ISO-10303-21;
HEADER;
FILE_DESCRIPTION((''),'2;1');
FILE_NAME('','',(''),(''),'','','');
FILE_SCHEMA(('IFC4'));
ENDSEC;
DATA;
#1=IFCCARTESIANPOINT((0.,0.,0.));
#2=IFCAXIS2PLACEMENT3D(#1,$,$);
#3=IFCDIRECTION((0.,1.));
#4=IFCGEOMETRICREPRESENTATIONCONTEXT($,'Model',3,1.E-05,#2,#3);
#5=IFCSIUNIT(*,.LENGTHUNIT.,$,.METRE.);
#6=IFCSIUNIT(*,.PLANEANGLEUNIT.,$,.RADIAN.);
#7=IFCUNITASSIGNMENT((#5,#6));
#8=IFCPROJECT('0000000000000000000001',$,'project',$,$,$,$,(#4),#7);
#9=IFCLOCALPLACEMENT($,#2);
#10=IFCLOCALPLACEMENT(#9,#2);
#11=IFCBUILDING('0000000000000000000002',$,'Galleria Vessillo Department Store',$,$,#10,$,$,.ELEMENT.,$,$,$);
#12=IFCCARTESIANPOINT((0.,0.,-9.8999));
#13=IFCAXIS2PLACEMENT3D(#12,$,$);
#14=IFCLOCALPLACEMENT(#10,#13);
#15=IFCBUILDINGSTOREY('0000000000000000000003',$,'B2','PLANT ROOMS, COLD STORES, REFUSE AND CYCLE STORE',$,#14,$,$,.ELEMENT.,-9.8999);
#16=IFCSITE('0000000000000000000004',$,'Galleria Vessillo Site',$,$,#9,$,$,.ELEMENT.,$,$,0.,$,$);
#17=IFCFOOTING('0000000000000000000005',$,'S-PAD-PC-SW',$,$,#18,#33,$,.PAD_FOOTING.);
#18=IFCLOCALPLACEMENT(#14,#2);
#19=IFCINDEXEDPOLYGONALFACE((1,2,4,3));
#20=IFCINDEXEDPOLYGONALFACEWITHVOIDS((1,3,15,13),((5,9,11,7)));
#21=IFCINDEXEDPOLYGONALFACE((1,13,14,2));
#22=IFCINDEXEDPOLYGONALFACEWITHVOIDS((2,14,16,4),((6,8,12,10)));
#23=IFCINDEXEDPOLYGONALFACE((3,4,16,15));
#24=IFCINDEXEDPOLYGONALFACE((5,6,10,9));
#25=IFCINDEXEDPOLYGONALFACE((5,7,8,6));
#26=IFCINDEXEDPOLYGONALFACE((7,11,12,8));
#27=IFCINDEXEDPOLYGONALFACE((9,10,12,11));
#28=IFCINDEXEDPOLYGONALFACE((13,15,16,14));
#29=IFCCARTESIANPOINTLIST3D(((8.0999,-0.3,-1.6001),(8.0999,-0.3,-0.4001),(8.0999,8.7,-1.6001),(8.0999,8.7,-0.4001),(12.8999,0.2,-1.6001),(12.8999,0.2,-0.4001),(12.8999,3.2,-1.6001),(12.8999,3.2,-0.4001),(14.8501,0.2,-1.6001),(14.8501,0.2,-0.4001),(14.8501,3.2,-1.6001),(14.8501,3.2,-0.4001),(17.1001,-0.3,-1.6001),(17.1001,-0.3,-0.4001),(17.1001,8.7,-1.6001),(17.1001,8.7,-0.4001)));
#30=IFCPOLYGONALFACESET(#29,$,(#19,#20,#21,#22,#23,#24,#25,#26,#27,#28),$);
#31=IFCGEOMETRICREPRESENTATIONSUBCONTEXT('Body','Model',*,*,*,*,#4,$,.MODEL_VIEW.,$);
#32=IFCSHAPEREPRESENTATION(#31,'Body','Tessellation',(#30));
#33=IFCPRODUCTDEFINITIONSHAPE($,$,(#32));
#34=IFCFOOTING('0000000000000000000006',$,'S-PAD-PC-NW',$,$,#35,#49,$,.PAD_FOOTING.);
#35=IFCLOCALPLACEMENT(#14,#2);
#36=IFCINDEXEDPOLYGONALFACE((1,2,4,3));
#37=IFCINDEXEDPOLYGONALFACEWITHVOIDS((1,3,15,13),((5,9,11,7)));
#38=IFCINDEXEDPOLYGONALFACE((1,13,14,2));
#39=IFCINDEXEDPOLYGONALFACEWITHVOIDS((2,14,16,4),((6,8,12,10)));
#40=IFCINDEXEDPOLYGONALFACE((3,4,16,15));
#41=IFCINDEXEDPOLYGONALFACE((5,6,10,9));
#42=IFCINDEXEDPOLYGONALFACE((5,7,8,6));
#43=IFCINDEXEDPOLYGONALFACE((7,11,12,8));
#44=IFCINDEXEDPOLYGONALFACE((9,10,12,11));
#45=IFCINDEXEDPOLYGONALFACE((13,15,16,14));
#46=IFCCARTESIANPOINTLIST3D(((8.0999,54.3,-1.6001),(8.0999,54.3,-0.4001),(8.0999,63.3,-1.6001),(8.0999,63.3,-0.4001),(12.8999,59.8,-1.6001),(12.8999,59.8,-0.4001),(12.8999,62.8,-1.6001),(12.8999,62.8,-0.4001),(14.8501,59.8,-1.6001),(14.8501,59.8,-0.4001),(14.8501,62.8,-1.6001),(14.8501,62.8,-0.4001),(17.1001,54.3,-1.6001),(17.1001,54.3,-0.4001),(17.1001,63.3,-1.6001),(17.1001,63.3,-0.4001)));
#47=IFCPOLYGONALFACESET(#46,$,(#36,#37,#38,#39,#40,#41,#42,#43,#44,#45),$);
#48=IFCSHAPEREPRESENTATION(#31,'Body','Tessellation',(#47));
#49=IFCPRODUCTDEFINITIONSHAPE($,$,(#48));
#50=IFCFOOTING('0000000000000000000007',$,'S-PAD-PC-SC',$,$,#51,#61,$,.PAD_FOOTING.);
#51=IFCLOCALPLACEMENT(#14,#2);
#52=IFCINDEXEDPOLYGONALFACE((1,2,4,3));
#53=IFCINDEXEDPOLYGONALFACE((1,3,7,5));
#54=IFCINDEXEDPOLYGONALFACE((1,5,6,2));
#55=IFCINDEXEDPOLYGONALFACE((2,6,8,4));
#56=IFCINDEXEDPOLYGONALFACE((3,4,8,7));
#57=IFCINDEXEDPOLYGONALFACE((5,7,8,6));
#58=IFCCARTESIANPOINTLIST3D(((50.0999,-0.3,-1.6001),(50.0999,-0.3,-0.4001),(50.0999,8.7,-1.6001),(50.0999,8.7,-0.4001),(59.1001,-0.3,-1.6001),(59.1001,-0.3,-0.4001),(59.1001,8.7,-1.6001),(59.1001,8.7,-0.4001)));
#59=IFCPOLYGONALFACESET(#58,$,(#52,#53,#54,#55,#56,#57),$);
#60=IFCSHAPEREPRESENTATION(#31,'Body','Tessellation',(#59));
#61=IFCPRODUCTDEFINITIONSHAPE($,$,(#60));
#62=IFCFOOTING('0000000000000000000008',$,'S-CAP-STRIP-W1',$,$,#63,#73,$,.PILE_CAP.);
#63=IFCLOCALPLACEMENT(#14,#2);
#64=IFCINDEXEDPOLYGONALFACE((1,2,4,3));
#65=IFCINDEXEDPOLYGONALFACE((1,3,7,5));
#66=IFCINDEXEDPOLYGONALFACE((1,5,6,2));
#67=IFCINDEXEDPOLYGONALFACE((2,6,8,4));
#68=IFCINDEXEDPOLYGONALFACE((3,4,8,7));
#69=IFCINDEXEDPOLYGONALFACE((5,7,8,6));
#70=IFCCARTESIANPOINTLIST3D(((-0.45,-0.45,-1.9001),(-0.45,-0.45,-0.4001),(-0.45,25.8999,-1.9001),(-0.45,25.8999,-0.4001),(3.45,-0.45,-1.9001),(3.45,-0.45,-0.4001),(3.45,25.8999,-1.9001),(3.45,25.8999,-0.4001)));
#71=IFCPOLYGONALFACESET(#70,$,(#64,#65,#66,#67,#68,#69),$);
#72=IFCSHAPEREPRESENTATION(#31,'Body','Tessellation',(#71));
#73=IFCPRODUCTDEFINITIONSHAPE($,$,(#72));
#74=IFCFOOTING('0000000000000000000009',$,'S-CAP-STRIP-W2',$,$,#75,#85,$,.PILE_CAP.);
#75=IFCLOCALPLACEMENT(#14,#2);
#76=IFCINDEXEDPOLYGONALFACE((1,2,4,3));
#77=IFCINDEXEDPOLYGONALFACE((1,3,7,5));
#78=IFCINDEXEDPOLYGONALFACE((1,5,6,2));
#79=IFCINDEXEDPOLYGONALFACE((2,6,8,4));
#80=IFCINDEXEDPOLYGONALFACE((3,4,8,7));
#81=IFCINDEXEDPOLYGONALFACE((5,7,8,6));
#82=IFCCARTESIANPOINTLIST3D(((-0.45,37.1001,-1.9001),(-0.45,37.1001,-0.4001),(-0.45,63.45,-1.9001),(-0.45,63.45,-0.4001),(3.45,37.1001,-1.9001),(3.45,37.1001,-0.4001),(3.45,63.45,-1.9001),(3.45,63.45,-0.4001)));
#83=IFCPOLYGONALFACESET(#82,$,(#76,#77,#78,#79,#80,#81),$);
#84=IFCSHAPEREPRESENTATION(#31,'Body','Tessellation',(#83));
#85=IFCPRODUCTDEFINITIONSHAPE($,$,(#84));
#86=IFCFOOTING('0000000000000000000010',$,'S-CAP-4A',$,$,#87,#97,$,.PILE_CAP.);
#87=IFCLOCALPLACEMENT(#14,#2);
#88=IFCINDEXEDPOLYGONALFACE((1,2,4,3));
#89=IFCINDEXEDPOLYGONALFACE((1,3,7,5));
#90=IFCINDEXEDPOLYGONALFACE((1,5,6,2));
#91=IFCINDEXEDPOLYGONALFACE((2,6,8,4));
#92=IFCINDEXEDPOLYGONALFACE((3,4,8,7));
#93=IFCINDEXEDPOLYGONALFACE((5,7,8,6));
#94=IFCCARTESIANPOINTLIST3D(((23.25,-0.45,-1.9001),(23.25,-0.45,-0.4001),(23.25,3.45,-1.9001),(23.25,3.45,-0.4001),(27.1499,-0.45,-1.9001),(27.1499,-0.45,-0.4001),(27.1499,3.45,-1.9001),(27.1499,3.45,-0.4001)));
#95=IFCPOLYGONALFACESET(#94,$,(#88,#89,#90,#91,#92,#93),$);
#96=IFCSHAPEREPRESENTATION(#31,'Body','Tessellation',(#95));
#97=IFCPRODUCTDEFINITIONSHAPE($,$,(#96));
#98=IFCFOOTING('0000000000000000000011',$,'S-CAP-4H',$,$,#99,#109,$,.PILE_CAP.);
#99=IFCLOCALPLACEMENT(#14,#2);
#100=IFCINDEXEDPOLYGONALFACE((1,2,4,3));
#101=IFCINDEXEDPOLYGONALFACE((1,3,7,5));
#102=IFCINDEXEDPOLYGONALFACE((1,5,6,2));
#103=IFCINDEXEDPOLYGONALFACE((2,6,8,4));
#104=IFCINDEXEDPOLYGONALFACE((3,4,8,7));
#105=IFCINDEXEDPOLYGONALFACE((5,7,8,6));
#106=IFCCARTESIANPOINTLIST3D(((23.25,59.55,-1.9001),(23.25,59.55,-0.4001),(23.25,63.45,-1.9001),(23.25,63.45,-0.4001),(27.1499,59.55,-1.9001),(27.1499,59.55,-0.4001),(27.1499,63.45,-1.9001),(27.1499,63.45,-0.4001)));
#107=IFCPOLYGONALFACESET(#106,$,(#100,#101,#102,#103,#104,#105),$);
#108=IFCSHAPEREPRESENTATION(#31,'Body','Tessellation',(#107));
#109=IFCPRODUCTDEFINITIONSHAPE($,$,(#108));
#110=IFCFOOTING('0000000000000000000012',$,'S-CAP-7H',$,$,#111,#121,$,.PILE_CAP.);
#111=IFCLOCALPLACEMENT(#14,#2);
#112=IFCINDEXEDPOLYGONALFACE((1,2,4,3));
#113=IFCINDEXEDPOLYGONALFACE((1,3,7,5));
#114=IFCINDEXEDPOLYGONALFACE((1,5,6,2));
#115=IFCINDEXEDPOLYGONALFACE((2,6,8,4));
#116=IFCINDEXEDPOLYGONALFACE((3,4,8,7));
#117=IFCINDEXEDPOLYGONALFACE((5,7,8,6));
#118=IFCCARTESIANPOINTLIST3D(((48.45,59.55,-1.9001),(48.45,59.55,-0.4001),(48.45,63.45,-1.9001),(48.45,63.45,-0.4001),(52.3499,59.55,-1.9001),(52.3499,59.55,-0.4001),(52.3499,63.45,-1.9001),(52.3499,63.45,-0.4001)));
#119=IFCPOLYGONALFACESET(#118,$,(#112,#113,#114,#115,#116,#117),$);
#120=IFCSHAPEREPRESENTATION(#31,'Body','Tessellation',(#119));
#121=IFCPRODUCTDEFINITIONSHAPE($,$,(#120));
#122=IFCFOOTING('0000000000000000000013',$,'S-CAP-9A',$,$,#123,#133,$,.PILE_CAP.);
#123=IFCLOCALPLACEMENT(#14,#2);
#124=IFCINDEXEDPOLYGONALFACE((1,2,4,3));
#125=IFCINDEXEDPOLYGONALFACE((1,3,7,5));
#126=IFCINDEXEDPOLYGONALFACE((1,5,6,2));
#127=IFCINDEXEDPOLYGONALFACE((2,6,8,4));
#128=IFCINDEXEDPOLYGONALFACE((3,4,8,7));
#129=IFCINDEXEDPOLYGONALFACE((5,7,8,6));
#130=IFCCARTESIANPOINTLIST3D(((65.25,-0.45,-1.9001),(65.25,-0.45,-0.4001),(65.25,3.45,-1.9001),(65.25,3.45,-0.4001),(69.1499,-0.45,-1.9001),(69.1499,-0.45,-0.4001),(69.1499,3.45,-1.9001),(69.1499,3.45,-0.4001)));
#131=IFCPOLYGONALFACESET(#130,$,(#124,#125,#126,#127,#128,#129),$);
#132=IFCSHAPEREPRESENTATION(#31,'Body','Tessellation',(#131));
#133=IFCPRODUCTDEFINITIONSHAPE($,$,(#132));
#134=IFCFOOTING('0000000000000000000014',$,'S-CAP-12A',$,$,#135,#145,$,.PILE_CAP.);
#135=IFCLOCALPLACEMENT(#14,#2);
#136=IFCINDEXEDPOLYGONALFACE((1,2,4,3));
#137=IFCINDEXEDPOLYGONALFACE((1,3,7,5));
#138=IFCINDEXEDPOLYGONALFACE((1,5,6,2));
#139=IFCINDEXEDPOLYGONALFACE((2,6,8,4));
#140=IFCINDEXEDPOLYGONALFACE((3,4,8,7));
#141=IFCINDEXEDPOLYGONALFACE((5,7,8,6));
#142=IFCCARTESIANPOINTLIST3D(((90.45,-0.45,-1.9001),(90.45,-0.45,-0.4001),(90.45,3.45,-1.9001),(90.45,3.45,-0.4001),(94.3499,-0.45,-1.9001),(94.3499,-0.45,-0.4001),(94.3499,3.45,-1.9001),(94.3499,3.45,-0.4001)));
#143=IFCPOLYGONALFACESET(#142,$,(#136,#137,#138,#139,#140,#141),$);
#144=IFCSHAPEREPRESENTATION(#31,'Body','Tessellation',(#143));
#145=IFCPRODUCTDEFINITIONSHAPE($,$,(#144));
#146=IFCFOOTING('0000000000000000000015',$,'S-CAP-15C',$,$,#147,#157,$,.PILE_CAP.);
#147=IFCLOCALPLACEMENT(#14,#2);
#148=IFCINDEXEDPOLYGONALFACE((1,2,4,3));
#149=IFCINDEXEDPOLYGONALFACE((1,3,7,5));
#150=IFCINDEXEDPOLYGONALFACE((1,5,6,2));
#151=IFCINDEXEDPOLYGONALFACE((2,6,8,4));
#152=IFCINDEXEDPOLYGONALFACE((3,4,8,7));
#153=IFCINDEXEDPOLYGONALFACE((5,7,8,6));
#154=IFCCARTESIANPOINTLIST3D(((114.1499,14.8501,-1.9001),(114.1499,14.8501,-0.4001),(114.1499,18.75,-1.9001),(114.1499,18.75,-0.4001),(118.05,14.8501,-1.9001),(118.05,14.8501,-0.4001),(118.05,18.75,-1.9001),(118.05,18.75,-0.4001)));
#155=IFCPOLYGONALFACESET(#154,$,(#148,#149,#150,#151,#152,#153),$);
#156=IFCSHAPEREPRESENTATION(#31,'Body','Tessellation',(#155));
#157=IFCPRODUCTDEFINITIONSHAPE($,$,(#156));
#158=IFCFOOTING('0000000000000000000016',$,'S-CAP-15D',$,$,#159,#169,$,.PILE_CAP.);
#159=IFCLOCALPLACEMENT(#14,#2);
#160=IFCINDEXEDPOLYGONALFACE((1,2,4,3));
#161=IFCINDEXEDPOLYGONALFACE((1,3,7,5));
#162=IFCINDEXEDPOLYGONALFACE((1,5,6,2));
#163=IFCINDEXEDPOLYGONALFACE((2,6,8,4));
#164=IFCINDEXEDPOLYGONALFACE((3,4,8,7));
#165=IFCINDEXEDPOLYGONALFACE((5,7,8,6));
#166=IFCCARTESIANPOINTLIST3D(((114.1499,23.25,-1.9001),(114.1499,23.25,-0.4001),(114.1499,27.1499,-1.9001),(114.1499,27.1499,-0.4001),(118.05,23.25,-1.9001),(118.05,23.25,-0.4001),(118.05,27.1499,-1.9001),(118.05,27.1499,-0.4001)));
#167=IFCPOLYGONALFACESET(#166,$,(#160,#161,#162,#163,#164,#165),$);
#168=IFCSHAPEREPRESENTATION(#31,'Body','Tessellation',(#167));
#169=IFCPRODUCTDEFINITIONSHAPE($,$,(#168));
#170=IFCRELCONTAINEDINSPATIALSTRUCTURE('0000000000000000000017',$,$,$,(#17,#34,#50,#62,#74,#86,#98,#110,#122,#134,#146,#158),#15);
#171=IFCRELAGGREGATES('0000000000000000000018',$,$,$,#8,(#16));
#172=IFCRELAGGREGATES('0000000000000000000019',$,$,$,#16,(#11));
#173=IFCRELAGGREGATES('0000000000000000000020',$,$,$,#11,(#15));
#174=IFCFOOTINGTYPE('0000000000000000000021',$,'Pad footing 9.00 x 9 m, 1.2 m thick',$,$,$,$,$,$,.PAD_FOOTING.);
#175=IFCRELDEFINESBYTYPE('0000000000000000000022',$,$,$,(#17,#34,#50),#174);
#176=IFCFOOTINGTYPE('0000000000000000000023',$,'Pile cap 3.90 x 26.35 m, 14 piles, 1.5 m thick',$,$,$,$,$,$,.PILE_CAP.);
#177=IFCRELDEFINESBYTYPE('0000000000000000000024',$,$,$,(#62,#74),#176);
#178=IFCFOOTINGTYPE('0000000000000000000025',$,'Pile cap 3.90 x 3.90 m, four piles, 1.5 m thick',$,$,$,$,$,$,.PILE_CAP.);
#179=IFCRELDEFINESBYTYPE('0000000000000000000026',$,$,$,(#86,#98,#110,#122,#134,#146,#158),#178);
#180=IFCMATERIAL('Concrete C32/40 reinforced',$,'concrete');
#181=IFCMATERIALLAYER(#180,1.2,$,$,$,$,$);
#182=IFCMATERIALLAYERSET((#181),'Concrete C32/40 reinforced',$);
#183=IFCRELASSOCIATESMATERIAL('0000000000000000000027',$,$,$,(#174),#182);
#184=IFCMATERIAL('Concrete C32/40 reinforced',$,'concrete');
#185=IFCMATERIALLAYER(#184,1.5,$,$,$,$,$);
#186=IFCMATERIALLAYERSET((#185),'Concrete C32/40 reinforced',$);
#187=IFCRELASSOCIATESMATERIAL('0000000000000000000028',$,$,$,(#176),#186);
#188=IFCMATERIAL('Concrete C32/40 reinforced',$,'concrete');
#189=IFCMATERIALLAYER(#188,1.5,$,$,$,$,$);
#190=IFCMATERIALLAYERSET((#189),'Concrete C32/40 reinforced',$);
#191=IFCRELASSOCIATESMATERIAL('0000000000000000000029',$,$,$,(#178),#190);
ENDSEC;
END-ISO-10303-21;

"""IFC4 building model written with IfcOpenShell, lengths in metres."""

from ifc_helpers import new_model, si_unit, direction, frame, origin, place, context, subcontext, project, spatial, polyline, outline, extrude, material, layer, layer_set, type_object, element, save


model = new_model("IFC4")

# Units and contexts
model_context = context("Model", 3, precision=1e-05, world=origin(), true_north=direction((0.0, 1.0)))
body_context = subcontext(model_context, "Body", "Model", "MODEL_VIEW")
ifc_project = project(units=[si_unit("LENGTHUNIT", "METRE"), si_unit("PLANEANGLEUNIT", "RADIAN")], contexts=[model_context])

# Site, building, storey
site_placement = place(None, origin())
site = spatial("IfcSite", under=ifc_project, at=site_placement, Name="Galleria Vessillo Site", CompositionType="ELEMENT", RefElevation=0.0)
building_placement = place(site_placement, origin())
building = spatial("IfcBuilding", under=site, at=building_placement, Name="Galleria Vessillo Department Store", CompositionType="ELEMENT")
storey_placement = place(building_placement, frame((0.0, 0.0, -9.8999)))
storey = spatial("IfcBuildingStorey", under=building, at=storey_placement, Name="B2", Description="PLANT ROOMS, COLD STORES, REFUSE AND CYCLE STORE", CompositionType="ELEMENT", Elevation=-9.8999)

# Footings
ifc_material_1 = material(Name="Concrete C32/40 reinforced", Category="concrete")
ifc_layer_1 = layer(ifc_material_1, 1.2)
ifc_layer_set_1 = layer_set([ifc_layer_1], Name="Concrete C32/40 reinforced")
footing_type_1 = type_object("IfcFootingType", Name="Pad footing 9.00 x 9 m, 1.2 m thick", PredefinedType="PAD_FOOTING", material=ifc_layer_set_1)
footing_1_placement = place(storey_placement, frame((0.0, 0.0, -1.6001)))
element("IfcFooting", 1, at=footing_1_placement, inside=storey, type_object=footing_type_1, Name="S-PAD-PC-SW", PredefinedType="PAD_FOOTING", context=body_context, shape_type="SweptSolid", body=[
    extrude(outline(polyline([(8.0999, -0.3), (17.1001, -0.3), (17.1001, 8.7), (8.0999, 8.7), (8.0999, -0.3)]), holes=[polyline([(12.8999, 0.2), (14.8501, 0.2), (14.8501, 3.2), (12.8999, 3.2), (12.8999, 0.2)])]), origin(), (0.0, 0.0, 1.0), 1.2),
])
footing_2_placement = place(storey_placement, frame((0.0, 0.0, -1.6001)))
element("IfcFooting", 2, at=footing_2_placement, inside=storey, type_object=footing_type_1, Name="S-PAD-PC-NW", PredefinedType="PAD_FOOTING", context=body_context, shape_type="SweptSolid", body=[
    extrude(outline(polyline([(8.0999, 54.3), (17.1001, 54.3), (17.1001, 63.3), (8.0999, 63.3), (8.0999, 54.3)]), holes=[polyline([(12.8999, 59.8), (14.8501, 59.8), (14.8501, 62.8), (12.8999, 62.8), (12.8999, 59.8)])]), origin(), (0.0, 0.0, 1.0), 1.2),
])
footing_3_placement = place(storey_placement, frame((0.0, 0.0, -1.6001)))
element("IfcFooting", 3, at=footing_3_placement, inside=storey, type_object=footing_type_1, Name="S-PAD-PC-SC", PredefinedType="PAD_FOOTING", context=body_context, shape_type="SweptSolid", body=[
    extrude(outline(polyline([(50.0999, -0.3), (59.1001, -0.3), (59.1001, 8.7), (50.0999, 8.7), (50.0999, -0.3)])), origin(), (0.0, 0.0, 1.0), 1.2),
])
ifc_material_2 = material(Name="Concrete C32/40 reinforced", Category="concrete")
ifc_layer_2 = layer(ifc_material_2, 1.5)
ifc_layer_set_2 = layer_set([ifc_layer_2], Name="Concrete C32/40 reinforced")
footing_type_2 = type_object("IfcFootingType", Name="Pile cap 3.90 x 26.35 m, 14 piles, 1.5 m thick", PredefinedType="PILE_CAP", material=ifc_layer_set_2)
footing_4_placement = place(storey_placement, frame((0.0, 0.0, -1.9001)))
element("IfcFooting", 4, at=footing_4_placement, inside=storey, type_object=footing_type_2, Name="S-CAP-STRIP-W1", PredefinedType="PILE_CAP", context=body_context, shape_type="SweptSolid", body=[
    extrude(outline(polyline([(-0.45, -0.45), (3.45, -0.45), (3.45, 25.8999), (-0.45, 25.8999), (-0.45, -0.45)])), origin(), (0.0, 0.0, 1.0), 1.5),
])
footing_5_placement = place(storey_placement, frame((0.0, 0.0, -1.9001)))
element("IfcFooting", 5, at=footing_5_placement, inside=storey, type_object=footing_type_2, Name="S-CAP-STRIP-W2", PredefinedType="PILE_CAP", context=body_context, shape_type="SweptSolid", body=[
    extrude(outline(polyline([(-0.45, 37.1001), (3.45, 37.1001), (3.45, 63.45), (-0.45, 63.45), (-0.45, 37.1001)])), origin(), (0.0, 0.0, 1.0), 1.5),
])
ifc_material_3 = material(Name="Concrete C32/40 reinforced", Category="concrete")
ifc_layer_3 = layer(ifc_material_3, 1.5)
ifc_layer_set_3 = layer_set([ifc_layer_3], Name="Concrete C32/40 reinforced")
footing_type_3 = type_object("IfcFootingType", Name="Pile cap 3.90 x 3.90 m, four piles, 1.5 m thick", PredefinedType="PILE_CAP", material=ifc_layer_set_3)
footing_6_placement = place(storey_placement, frame((0.0, 0.0, -1.9001)))
element("IfcFooting", 6, at=footing_6_placement, inside=storey, type_object=footing_type_3, Name="S-CAP-4A", PredefinedType="PILE_CAP", context=body_context, shape_type="SweptSolid", body=[
    extrude(outline(polyline([(23.25, -0.45), (27.1499, -0.45), (27.1499, 3.45), (23.25, 3.45), (23.25, -0.45)])), origin(), (0.0, 0.0, 1.0), 1.5),
])
footing_7_placement = place(storey_placement, frame((0.0, 0.0, -1.9001)))
element("IfcFooting", 7, at=footing_7_placement, inside=storey, type_object=footing_type_3, Name="S-CAP-4H", PredefinedType="PILE_CAP", context=body_context, shape_type="SweptSolid", body=[
    extrude(outline(polyline([(23.25, 59.55), (27.1499, 59.55), (27.1499, 63.45), (23.25, 63.45), (23.25, 59.55)])), origin(), (0.0, 0.0, 1.0), 1.5),
])
footing_8_placement = place(storey_placement, frame((0.0, 0.0, -1.9001)))
element("IfcFooting", 8, at=footing_8_placement, inside=storey, type_object=footing_type_3, Name="S-CAP-7H", PredefinedType="PILE_CAP", context=body_context, shape_type="SweptSolid", body=[
    extrude(outline(polyline([(48.45, 59.55), (52.3499, 59.55), (52.3499, 63.45), (48.45, 63.45), (48.45, 59.55)])), origin(), (0.0, 0.0, 1.0), 1.5),
])
footing_9_placement = place(storey_placement, frame((0.0, 0.0, -1.9001)))
element("IfcFooting", 9, at=footing_9_placement, inside=storey, type_object=footing_type_3, Name="S-CAP-9A", PredefinedType="PILE_CAP", context=body_context, shape_type="SweptSolid", body=[
    extrude(outline(polyline([(65.25, -0.45), (69.1499, -0.45), (69.1499, 3.45), (65.25, 3.45), (65.25, -0.45)])), origin(), (0.0, 0.0, 1.0), 1.5),
])
footing_10_placement = place(storey_placement, frame((0.0, 0.0, -1.9001)))
element("IfcFooting", 10, at=footing_10_placement, inside=storey, type_object=footing_type_3, Name="S-CAP-12A", PredefinedType="PILE_CAP", context=body_context, shape_type="SweptSolid", body=[
    extrude(outline(polyline([(90.45, -0.45), (94.3499, -0.45), (94.3499, 3.45), (90.45, 3.45), (90.45, -0.45)])), origin(), (0.0, 0.0, 1.0), 1.5),
])
footing_11_placement = place(storey_placement, frame((0.0, 0.0, -1.9001)))
element("IfcFooting", 11, at=footing_11_placement, inside=storey, type_object=footing_type_3, Name="S-CAP-15C", PredefinedType="PILE_CAP", context=body_context, shape_type="SweptSolid", body=[
    extrude(outline(polyline([(114.1499, 14.8501), (118.05, 14.8501), (118.05, 18.75), (114.1499, 18.75), (114.1499, 14.8501)])), origin(), (0.0, 0.0, 1.0), 1.5),
])
footing_12_placement = place(storey_placement, frame((0.0, 0.0, -1.9001)))
element("IfcFooting", 12, at=footing_12_placement, inside=storey, type_object=footing_type_3, Name="S-CAP-15D", PredefinedType="PILE_CAP", context=body_context, shape_type="SweptSolid", body=[
    extrude(outline(polyline([(114.1499, 23.25), (118.05, 23.25), (118.05, 27.1499), (114.1499, 27.1499), (114.1499, 23.25)])), origin(), (0.0, 0.0, 1.0), 1.5),
])

save(model, "model.ifc")
